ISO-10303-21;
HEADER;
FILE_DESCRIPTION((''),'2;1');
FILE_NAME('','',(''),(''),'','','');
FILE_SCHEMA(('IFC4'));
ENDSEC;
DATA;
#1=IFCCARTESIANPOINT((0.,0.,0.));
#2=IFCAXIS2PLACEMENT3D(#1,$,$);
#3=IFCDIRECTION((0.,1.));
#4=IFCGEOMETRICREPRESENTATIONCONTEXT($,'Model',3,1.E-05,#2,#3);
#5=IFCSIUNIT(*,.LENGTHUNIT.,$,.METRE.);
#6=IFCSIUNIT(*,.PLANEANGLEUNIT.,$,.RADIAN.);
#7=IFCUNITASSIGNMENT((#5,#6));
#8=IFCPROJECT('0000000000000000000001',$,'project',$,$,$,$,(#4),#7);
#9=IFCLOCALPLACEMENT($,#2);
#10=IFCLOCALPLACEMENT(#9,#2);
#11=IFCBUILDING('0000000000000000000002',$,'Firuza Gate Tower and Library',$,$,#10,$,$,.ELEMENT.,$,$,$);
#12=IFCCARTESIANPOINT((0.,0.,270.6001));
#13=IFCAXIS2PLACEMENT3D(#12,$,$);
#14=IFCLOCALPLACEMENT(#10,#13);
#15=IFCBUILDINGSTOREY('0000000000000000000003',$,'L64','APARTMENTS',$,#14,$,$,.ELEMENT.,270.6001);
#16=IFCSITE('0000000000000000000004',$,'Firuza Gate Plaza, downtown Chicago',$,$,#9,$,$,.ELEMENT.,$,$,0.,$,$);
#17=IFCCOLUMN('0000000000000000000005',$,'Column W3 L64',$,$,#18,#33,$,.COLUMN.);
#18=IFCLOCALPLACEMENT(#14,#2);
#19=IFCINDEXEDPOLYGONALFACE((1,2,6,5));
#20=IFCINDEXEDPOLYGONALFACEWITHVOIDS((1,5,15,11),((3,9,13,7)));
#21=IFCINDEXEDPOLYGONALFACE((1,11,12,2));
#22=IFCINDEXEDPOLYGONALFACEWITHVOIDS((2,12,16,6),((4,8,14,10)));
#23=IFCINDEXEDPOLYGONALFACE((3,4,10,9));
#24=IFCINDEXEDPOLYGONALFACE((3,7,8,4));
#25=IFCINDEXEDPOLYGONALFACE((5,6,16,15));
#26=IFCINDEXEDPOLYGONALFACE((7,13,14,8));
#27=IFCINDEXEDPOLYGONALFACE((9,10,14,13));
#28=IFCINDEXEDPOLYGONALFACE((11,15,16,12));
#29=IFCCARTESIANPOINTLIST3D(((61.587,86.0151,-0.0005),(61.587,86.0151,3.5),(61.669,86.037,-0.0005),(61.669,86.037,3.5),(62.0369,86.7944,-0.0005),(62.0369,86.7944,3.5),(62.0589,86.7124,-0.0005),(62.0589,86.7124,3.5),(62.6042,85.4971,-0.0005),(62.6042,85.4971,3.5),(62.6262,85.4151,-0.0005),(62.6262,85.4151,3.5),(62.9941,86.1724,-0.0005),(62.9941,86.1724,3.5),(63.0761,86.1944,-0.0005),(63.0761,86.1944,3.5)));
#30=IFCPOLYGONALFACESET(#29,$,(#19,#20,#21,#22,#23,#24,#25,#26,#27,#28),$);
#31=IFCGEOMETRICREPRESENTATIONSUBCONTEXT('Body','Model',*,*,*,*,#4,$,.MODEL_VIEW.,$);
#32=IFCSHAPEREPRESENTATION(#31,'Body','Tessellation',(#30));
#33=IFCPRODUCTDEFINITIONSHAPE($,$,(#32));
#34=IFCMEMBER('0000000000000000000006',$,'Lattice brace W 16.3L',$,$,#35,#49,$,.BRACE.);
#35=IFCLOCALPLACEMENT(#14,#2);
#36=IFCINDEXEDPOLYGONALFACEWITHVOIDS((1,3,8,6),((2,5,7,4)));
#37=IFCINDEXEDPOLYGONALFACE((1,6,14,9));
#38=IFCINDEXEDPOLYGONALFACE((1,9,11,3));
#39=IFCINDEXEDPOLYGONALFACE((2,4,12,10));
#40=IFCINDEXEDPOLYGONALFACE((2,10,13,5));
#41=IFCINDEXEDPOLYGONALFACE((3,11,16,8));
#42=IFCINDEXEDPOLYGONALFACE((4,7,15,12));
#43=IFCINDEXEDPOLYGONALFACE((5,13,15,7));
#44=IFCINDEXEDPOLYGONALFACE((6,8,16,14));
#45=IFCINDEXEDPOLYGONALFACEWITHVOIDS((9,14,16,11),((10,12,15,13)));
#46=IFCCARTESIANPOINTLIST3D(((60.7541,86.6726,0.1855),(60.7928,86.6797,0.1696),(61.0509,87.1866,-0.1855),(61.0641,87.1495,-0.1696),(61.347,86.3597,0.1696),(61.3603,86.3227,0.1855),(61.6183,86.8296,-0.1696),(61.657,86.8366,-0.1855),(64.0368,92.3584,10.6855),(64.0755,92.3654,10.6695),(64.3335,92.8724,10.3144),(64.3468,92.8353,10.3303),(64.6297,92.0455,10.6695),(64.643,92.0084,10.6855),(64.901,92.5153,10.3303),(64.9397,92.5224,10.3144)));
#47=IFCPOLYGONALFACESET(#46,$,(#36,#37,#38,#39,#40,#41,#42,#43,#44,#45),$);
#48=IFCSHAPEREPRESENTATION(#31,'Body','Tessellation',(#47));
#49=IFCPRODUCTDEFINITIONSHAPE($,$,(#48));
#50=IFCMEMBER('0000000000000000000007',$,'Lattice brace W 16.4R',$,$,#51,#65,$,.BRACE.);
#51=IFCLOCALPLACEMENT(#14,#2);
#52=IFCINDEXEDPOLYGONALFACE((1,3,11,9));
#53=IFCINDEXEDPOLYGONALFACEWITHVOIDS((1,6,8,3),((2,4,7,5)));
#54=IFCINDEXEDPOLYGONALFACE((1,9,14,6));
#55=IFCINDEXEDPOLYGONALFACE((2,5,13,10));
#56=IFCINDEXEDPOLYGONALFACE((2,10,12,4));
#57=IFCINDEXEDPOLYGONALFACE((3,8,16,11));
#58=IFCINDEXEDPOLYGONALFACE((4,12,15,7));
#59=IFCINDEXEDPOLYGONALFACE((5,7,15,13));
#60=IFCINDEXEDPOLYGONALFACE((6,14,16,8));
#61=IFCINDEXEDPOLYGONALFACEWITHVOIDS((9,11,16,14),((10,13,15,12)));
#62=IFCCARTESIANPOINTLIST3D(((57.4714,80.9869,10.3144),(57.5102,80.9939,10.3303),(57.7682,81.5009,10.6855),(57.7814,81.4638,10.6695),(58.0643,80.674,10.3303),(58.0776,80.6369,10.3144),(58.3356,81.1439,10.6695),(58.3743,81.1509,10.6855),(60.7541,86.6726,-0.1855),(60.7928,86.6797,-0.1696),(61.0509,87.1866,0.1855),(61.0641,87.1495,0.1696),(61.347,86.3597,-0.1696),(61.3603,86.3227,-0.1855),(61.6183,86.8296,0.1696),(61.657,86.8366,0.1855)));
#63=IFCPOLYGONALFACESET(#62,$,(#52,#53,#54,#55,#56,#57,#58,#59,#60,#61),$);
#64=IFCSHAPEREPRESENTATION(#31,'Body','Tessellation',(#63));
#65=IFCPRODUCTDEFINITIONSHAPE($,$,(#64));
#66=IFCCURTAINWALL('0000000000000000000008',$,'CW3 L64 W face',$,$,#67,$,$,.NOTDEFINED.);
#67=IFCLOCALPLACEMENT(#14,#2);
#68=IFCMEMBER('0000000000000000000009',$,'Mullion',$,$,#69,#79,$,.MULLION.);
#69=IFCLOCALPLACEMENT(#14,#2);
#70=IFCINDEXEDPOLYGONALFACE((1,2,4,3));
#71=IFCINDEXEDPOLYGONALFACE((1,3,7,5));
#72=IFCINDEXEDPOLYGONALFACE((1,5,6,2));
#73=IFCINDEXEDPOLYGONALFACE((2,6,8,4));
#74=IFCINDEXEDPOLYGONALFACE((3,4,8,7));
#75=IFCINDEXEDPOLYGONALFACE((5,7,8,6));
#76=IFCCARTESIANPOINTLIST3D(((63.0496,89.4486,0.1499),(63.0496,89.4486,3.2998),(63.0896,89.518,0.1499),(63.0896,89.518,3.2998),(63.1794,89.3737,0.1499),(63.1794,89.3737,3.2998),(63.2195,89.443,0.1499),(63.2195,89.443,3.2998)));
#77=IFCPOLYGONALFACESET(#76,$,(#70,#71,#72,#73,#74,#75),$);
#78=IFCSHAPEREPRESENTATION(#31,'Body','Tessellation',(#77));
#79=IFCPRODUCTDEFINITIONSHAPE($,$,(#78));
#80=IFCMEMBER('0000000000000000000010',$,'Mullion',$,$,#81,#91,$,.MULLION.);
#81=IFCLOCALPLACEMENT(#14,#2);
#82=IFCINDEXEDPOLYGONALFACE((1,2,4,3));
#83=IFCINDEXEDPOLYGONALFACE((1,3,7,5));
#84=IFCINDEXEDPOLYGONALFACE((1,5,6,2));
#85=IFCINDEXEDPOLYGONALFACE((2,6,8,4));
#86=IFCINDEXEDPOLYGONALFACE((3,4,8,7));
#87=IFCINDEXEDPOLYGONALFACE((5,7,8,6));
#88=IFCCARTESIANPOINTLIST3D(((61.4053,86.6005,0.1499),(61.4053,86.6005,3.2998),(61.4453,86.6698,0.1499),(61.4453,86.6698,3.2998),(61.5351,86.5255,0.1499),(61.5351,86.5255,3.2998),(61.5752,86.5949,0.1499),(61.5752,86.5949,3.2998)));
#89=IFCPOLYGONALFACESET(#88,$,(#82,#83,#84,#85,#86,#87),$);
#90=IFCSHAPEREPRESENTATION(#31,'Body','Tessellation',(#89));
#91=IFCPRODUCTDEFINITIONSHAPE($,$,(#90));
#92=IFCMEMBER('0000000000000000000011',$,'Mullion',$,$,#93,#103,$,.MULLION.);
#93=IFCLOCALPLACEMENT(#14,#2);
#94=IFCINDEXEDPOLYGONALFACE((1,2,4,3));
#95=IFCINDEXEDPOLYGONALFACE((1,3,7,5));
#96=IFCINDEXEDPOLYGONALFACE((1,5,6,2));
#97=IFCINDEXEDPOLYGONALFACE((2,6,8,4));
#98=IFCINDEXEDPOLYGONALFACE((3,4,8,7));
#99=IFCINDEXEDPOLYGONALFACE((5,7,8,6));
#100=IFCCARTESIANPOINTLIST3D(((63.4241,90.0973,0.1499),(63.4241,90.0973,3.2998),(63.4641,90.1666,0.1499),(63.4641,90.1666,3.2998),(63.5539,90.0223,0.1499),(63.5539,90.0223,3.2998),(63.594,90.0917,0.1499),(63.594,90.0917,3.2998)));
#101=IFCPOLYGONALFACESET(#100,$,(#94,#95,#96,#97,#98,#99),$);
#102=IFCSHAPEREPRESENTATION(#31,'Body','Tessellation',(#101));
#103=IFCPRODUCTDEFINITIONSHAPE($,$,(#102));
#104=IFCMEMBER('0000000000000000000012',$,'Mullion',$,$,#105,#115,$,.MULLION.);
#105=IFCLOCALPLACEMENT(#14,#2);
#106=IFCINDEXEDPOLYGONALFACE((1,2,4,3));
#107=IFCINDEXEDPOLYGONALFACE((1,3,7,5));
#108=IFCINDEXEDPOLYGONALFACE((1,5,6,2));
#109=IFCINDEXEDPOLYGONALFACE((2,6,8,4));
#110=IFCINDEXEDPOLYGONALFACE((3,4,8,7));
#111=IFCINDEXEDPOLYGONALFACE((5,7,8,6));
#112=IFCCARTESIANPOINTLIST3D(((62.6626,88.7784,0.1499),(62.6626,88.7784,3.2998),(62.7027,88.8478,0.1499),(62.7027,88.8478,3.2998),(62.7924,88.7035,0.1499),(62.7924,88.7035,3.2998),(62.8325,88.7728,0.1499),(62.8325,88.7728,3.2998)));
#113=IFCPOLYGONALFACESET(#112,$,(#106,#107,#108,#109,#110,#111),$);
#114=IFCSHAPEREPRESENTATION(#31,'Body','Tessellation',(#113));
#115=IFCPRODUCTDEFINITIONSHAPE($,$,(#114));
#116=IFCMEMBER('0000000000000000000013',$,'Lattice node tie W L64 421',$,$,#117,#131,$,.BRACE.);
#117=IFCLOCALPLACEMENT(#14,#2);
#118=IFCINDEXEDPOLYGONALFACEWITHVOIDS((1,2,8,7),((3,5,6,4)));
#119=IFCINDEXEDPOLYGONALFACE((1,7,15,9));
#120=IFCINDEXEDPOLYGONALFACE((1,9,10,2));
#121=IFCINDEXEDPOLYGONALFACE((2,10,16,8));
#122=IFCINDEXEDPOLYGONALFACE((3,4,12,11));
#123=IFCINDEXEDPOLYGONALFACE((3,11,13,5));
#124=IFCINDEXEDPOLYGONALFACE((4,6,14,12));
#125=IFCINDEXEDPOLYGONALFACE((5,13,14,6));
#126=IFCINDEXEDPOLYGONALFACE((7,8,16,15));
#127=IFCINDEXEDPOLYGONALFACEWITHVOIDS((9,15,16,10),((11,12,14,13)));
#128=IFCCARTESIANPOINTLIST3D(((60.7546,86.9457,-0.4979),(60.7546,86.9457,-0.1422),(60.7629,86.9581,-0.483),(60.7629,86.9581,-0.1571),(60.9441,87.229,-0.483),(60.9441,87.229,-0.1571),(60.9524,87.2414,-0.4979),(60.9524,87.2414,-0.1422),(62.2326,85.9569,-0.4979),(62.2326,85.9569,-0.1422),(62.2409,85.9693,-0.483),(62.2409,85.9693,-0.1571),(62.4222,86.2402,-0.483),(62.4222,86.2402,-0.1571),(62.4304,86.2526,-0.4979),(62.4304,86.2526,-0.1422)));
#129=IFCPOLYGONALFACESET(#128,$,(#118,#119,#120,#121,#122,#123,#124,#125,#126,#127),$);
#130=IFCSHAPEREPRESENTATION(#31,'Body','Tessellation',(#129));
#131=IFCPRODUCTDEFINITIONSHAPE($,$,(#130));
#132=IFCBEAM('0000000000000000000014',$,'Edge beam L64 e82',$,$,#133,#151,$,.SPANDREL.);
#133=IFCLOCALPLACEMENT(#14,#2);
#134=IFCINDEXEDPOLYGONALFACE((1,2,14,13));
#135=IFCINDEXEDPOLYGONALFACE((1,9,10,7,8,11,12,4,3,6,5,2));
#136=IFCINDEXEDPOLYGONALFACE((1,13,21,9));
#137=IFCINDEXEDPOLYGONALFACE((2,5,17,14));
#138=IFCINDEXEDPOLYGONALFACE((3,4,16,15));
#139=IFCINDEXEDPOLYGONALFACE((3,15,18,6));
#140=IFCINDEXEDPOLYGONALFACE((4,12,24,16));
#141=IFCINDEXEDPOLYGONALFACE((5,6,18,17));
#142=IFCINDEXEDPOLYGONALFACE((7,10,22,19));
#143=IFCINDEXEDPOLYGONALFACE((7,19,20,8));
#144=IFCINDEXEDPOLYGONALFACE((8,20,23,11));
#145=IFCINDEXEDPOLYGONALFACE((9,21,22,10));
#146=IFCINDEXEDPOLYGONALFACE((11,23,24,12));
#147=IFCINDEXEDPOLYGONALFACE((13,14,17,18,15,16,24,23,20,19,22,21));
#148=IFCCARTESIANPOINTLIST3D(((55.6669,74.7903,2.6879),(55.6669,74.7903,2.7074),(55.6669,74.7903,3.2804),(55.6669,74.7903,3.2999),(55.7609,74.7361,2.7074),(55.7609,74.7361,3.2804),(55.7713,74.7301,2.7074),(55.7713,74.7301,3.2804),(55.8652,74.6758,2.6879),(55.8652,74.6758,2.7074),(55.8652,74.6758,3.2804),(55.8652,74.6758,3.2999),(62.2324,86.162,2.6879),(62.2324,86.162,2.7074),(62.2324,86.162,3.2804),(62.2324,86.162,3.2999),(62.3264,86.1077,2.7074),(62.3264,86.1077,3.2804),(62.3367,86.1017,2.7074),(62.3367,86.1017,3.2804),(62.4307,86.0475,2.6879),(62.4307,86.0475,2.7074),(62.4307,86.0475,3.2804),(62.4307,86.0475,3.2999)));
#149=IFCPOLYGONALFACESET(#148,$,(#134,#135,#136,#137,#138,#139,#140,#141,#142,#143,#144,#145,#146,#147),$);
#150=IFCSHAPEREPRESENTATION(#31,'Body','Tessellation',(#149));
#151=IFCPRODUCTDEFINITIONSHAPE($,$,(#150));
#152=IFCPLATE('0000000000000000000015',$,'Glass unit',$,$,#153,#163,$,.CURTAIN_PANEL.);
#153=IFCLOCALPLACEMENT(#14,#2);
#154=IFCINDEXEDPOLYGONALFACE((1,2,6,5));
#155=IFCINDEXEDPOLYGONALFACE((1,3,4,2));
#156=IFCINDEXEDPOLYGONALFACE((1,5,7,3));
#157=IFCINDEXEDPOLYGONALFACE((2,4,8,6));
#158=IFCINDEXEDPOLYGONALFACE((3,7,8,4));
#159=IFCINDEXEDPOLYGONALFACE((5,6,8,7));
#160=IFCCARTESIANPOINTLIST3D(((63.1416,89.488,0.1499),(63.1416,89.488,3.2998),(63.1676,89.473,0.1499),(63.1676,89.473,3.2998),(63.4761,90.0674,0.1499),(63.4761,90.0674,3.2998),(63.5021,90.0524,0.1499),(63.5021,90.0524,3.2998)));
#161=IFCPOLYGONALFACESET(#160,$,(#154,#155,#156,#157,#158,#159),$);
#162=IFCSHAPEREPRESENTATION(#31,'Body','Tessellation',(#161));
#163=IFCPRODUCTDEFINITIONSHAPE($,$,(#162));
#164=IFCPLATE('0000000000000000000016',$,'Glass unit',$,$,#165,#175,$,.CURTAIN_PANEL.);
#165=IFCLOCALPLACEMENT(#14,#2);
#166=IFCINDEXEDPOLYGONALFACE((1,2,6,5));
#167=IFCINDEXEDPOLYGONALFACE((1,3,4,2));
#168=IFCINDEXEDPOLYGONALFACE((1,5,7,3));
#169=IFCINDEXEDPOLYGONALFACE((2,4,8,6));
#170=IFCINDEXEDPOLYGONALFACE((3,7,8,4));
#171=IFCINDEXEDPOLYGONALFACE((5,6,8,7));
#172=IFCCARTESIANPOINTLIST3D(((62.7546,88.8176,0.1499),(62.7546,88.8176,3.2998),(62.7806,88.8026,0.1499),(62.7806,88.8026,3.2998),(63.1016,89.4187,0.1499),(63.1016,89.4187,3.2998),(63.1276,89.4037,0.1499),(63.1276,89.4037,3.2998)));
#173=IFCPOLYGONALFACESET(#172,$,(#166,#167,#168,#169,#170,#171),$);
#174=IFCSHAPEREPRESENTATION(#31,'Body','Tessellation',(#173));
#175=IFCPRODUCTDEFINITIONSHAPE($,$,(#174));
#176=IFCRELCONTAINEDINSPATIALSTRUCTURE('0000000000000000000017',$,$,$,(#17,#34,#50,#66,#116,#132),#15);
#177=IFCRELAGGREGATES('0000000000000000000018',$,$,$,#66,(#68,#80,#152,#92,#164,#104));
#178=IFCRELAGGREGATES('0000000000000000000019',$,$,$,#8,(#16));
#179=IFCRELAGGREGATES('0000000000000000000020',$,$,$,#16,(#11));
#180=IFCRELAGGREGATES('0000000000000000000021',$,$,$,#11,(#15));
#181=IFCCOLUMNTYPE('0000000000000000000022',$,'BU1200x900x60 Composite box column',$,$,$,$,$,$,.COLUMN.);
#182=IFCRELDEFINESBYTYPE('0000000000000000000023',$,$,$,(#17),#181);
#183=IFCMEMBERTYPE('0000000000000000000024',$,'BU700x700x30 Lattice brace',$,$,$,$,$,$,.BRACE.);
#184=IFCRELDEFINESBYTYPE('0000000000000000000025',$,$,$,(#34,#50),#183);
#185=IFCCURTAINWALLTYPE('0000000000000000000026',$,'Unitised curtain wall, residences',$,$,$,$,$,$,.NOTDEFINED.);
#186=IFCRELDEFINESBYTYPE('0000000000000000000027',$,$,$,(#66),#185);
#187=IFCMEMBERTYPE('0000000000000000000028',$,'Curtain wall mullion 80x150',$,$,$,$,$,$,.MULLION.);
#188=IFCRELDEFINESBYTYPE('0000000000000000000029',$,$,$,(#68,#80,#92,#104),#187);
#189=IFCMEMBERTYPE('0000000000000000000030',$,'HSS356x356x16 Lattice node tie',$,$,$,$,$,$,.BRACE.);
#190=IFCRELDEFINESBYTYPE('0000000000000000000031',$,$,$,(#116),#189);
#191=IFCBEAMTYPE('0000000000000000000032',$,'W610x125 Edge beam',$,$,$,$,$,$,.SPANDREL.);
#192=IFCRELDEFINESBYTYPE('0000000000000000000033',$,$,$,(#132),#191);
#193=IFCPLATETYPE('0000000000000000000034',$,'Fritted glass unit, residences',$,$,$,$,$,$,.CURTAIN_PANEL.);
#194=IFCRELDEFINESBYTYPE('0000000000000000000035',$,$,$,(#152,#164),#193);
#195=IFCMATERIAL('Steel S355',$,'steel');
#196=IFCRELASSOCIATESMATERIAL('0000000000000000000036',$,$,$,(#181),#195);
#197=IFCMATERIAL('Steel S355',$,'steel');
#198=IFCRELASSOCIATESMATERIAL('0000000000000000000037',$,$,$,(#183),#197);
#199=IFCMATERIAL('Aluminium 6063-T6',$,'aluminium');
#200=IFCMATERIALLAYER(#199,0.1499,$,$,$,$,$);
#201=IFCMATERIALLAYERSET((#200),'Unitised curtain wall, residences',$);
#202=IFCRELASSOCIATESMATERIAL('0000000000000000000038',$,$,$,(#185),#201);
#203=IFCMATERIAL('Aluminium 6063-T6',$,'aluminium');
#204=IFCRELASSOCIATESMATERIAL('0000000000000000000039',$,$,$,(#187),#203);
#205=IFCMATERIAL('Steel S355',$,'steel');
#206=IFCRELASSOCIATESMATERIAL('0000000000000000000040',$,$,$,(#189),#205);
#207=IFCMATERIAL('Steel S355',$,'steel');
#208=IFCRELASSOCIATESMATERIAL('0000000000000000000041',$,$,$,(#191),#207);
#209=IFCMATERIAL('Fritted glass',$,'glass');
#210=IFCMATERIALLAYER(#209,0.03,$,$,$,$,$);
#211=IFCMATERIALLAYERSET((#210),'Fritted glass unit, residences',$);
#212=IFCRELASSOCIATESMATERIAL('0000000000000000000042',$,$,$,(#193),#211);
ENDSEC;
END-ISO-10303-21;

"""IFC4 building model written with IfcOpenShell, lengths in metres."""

from ifc_helpers import new_model, si_unit, direction, frame, origin, origin_2d, place, context, subcontext, project, spatial, polyline, rectangle, hollow_rectangle, i_section, outline, extrude, material, layer, layer_set, material_profile, profile_set, type_object, element, aggregate, save


model = new_model("IFC4")

# Units and contexts
model_context = context("Model", 3, precision=1e-05, world=origin(), true_north=direction((0.0, 1.0)))
body_context = subcontext(model_context, "Body", "Model", "MODEL_VIEW")
ifc_project = project(units=[si_unit("LENGTHUNIT", "METRE"), si_unit("PLANEANGLEUNIT", "RADIAN")], contexts=[model_context])

# Site, building, storey
site_placement = place(None, origin())
site = spatial("IfcSite", under=ifc_project, at=site_placement, Name="Firuza Gate Plaza, downtown Chicago", CompositionType="ELEMENT", RefElevation=0.0)
building_placement = place(site_placement, origin())
building = spatial("IfcBuilding", under=site, at=building_placement, Name="Firuza Gate Tower and Library", CompositionType="ELEMENT")
storey_placement = place(building_placement, frame((0.0, 0.0, 270.6001)))
storey = spatial("IfcBuildingStorey", under=building, at=storey_placement, Name="L64", Description="APARTMENTS", CompositionType="ELEMENT", Elevation=270.6001)

# Column
ifc_material_1 = material(Name="Steel S355", Category="steel")
ifc_material_profile_1 = material_profile(ifc_material_1, hollow_rectangle(XDim=0.8999, YDim=1.2, WallThickness=0.0601, at=origin_2d()))
ifc_profile_set_1 = profile_set([ifc_material_profile_1], Name="Steel S355")
column_type = type_object("IfcColumnType", Name="BU1200x900x60 Composite box column", PredefinedType="COLUMN", material=ifc_profile_set_1)
column_placement = place(storey_placement, frame((62.3315, 86.1047, -0.0005), z_axis=(0.0, 0.0, 1.0), x_axis=(-0.5, -0.866025, 0.0)))
element("IfcColumn", 1, at=column_placement, inside=storey, type_object=column_type, Name="Column W3 L64", PredefinedType="COLUMN", context=body_context, shape_type="SweptSolid", body=[
    extrude(hollow_rectangle(XDim=0.8999, YDim=1.2, WallThickness=0.0601, at=origin_2d()), origin(), (0.0, 0.0, 1.0), 3.5005),
])

# Members
ifc_material_2 = material(Name="Steel S355", Category="steel")
ifc_material_profile_2 = material_profile(ifc_material_2, hollow_rectangle(XDim=0.7, YDim=0.7, WallThickness=0.03, at=origin_2d()))
ifc_profile_set_2 = profile_set([ifc_material_profile_2], Name="Steel S355")
member_type_1 = type_object("IfcMemberType", Name="BU700x700x30 Lattice brace", PredefinedType="BRACE", material=ifc_profile_set_2)
for number, where, z_axis, x_axis, name in (
    (2, (61.2056, 86.7546, 0.0), (0.265085, 0.459137, 0.847893), (-0.866024, 0.500002, 0.0), "Lattice brace W 16.3L"),
    (3, (61.2056, 86.7546, 0.0), (-0.265085, -0.459137, 0.847893), (0.866024, -0.500002, 0.0), "Lattice brace W 16.4R"),
):
    element("IfcMember", number, at=place(storey_placement, frame(where, z_axis=z_axis, x_axis=x_axis)), inside=storey, type_object=member_type_1, Name=name, PredefinedType="BRACE", context=body_context, shape_type="SweptSolid", body=[
        extrude(hollow_rectangle(XDim=0.7, YDim=0.7, WallThickness=0.03, at=origin_2d()), origin(), (0.0, 0.0, 1.0), 12.3835),
    ])

# Curtain wall, members
ifc_material_3 = material(Name="Aluminium 6063-T6", Category="aluminium")
ifc_layer_1 = layer(ifc_material_3, 0.1499)
ifc_layer_set_1 = layer_set([ifc_layer_1], Name="Unitised curtain wall, residences")
curtain_wall_type = type_object("IfcCurtainWallType", Name="Unitised curtain wall, residences", PredefinedType="NOTDEFINED", material=ifc_layer_set_1)
curtain_wall_placement = place(storey_placement, origin())
curtain_wall = element("IfcCurtainWall", 4, at=curtain_wall_placement, inside=storey, type_object=curtain_wall_type, Name="CW3 L64 W face", PredefinedType="NOTDEFINED")
ifc_material_4 = material(Name="Aluminium 6063-T6", Category="aluminium")
ifc_material_profile_3 = material_profile(ifc_material_4, rectangle(XDim=0.1499, YDim=0.0801, at=origin_2d()))
ifc_profile_set_3 = profile_set([ifc_material_profile_3], Name="Aluminium 6063-T6")
member_type_2 = type_object("IfcMemberType", Name="Curtain wall mullion 80x150", PredefinedType="MULLION", material=ifc_profile_set_3)
member_1_placement = place(storey_placement, frame((63.1345, 89.4458, 0.1499), z_axis=(0.0, 0.0, 1.0), x_axis=(0.866025, -0.5, 0.0)))
member_1 = element("IfcMember", 5, at=member_1_placement, type_object=member_type_2, Name="Mullion", PredefinedType="MULLION", context=body_context, shape_type="SweptSolid", body=[
    extrude(rectangle(XDim=0.1499, YDim=0.0801, at=origin_2d()), origin(), (0.0, 0.0, 1.0), 3.1499),
])
member_2_placement = place(storey_placement, frame((61.4902, 86.5977, 0.1499), z_axis=(0.0, 0.0, 1.0), x_axis=(0.866025, -0.5, 0.0)))
member_2 = element("IfcMember", 6, at=member_2_placement, type_object=member_type_2, Name="Mullion", PredefinedType="MULLION", context=body_context, shape_type="SweptSolid", body=[
    extrude(rectangle(XDim=0.1499, YDim=0.0801, at=origin_2d()), origin(), (0.0, 0.0, 1.0), 3.1499),
])
member_3_placement = place(storey_placement, frame((63.509, 90.0945, 0.1499), z_axis=(0.0, 0.0, 1.0), x_axis=(0.866025, -0.5, 0.0)))
member_3 = element("IfcMember", 7, at=member_3_placement, type_object=member_type_2, Name="Mullion", PredefinedType="MULLION", context=body_context, shape_type="SweptSolid", body=[
    extrude(rectangle(XDim=0.1499, YDim=0.0801, at=origin_2d()), origin(), (0.0, 0.0, 1.0), 3.1499),
])
member_4_placement = place(storey_placement, frame((62.7476, 88.7756, 0.1499), z_axis=(0.0, 0.0, 1.0), x_axis=(0.866025, -0.5, 0.0)))
member_4 = element("IfcMember", 8, at=member_4_placement, type_object=member_type_2, Name="Mullion", PredefinedType="MULLION", context=body_context, shape_type="SweptSolid", body=[
    extrude(rectangle(XDim=0.1499, YDim=0.0801, at=origin_2d()), origin(), (0.0, 0.0, 1.0), 3.1499),
])

# Member
ifc_material_5 = material(Name="Steel S355", Category="steel")
ifc_material_profile_4 = material_profile(ifc_material_5, hollow_rectangle(XDim=0.3557, YDim=0.3557, WallThickness=0.0149, at=origin_2d()))
ifc_profile_set_4 = profile_set([ifc_material_profile_4], Name="Steel S355")
member_type_3 = type_object("IfcMemberType", Name="HSS356x356x16 Lattice node tie", PredefinedType="BRACE", material=ifc_profile_set_4)
member_5_placement = place(storey_placement, frame((62.3315, 86.1047, -0.3201), z_axis=(-0.831162, 0.55603, 0.0), x_axis=(-0.55603, -0.831162, 0.0)))
element("IfcMember", 9, at=member_5_placement, inside=storey, type_object=member_type_3, Name="Lattice node tie W L64 421", PredefinedType="BRACE", context=body_context, shape_type="SweptSolid", body=[
    extrude(hollow_rectangle(XDim=0.3557, YDim=0.3557, WallThickness=0.0149, at=origin_2d()), origin(), (0.0, 0.0, 1.0), 1.7783),
])

# Beam
ifc_material_6 = material(Name="Steel S355", Category="steel")
ifc_material_profile_5 = material_profile(ifc_material_6, i_section(OverallWidth=0.229, OverallDepth=0.6121, WebThickness=0.012, FlangeThickness=0.0195, at=origin_2d()))
ifc_profile_set_5 = profile_set([ifc_material_profile_5], Name="Steel S355")
beam_type = type_object("IfcBeamType", Name="W610x125 Edge beam", PredefinedType="SPANDREL", material=ifc_profile_set_5)
beam_placement = place(storey_placement, frame((62.3315, 86.1047, 2.9939), z_axis=(-0.500002, -0.866024, 0.0), x_axis=(0.866024, -0.500002, 0.0)))
element("IfcBeam", 10, at=beam_placement, inside=storey, type_object=beam_type, Name="Edge beam L64 e82", PredefinedType="SPANDREL", context=body_context, shape_type="SweptSolid", body=[
    extrude(i_section(OverallWidth=0.229, OverallDepth=0.6121, WebThickness=0.012, FlangeThickness=0.0195, at=origin_2d()), origin(), (0.0, 0.0, 1.0), 13.1309),
])

# Plates
ifc_material_7 = material(Name="Fritted glass", Category="glass")
ifc_layer_2 = layer(ifc_material_7, 0.03)
ifc_layer_set_2 = layer_set([ifc_layer_2], Name="Fritted glass unit, residences")
plate_type_1 = type_object("IfcPlateType", Name="Fritted glass unit, residences", PredefinedType="CURTAIN_PANEL", material=ifc_layer_set_2)
plate_1_placement = place(storey_placement, frame((63.4761, 90.0674, 0.1499), z_axis=(-0.866034, 0.499986, 0.0), x_axis=(-0.499986, -0.866034, 0.0)))
plate_1 = element("IfcPlate", 11, at=plate_1_placement, type_object=plate_type_1, Name="Glass unit", PredefinedType="CURTAIN_PANEL", context=body_context, shape_type="SweptSolid", body=[
    extrude(outline(polyline([(0.0, 0.0), (0.669, 0.0), (0.669, 3.1499), (0.0, 3.1499), (0.0, 0.0)])), origin(), (0.0, 0.0, -1.0), 0.03),
])
plate_2_placement = place(storey_placement, frame((63.1016, 89.4187, 0.1499), z_axis=(-0.866092, 0.499885, 0.0), x_axis=(-0.499885, -0.866092, 0.0)))
plate_2 = element("IfcPlate", 12, at=plate_2_placement, type_object=plate_type_1, Name="Glass unit", PredefinedType="CURTAIN_PANEL", context=body_context, shape_type="SweptSolid", body=[
    extrude(outline(polyline([(0.0, 0.0), (0.694, 0.0), (0.694, 3.1499), (0.0, 3.1499), (0.0, 0.0)])), origin(), (0.0, 0.0, -1.0), 0.03),
])
aggregate(curtain_wall, [member_1, member_2, plate_1, member_3, plate_2, member_4])

save(model, "model.ifc")
